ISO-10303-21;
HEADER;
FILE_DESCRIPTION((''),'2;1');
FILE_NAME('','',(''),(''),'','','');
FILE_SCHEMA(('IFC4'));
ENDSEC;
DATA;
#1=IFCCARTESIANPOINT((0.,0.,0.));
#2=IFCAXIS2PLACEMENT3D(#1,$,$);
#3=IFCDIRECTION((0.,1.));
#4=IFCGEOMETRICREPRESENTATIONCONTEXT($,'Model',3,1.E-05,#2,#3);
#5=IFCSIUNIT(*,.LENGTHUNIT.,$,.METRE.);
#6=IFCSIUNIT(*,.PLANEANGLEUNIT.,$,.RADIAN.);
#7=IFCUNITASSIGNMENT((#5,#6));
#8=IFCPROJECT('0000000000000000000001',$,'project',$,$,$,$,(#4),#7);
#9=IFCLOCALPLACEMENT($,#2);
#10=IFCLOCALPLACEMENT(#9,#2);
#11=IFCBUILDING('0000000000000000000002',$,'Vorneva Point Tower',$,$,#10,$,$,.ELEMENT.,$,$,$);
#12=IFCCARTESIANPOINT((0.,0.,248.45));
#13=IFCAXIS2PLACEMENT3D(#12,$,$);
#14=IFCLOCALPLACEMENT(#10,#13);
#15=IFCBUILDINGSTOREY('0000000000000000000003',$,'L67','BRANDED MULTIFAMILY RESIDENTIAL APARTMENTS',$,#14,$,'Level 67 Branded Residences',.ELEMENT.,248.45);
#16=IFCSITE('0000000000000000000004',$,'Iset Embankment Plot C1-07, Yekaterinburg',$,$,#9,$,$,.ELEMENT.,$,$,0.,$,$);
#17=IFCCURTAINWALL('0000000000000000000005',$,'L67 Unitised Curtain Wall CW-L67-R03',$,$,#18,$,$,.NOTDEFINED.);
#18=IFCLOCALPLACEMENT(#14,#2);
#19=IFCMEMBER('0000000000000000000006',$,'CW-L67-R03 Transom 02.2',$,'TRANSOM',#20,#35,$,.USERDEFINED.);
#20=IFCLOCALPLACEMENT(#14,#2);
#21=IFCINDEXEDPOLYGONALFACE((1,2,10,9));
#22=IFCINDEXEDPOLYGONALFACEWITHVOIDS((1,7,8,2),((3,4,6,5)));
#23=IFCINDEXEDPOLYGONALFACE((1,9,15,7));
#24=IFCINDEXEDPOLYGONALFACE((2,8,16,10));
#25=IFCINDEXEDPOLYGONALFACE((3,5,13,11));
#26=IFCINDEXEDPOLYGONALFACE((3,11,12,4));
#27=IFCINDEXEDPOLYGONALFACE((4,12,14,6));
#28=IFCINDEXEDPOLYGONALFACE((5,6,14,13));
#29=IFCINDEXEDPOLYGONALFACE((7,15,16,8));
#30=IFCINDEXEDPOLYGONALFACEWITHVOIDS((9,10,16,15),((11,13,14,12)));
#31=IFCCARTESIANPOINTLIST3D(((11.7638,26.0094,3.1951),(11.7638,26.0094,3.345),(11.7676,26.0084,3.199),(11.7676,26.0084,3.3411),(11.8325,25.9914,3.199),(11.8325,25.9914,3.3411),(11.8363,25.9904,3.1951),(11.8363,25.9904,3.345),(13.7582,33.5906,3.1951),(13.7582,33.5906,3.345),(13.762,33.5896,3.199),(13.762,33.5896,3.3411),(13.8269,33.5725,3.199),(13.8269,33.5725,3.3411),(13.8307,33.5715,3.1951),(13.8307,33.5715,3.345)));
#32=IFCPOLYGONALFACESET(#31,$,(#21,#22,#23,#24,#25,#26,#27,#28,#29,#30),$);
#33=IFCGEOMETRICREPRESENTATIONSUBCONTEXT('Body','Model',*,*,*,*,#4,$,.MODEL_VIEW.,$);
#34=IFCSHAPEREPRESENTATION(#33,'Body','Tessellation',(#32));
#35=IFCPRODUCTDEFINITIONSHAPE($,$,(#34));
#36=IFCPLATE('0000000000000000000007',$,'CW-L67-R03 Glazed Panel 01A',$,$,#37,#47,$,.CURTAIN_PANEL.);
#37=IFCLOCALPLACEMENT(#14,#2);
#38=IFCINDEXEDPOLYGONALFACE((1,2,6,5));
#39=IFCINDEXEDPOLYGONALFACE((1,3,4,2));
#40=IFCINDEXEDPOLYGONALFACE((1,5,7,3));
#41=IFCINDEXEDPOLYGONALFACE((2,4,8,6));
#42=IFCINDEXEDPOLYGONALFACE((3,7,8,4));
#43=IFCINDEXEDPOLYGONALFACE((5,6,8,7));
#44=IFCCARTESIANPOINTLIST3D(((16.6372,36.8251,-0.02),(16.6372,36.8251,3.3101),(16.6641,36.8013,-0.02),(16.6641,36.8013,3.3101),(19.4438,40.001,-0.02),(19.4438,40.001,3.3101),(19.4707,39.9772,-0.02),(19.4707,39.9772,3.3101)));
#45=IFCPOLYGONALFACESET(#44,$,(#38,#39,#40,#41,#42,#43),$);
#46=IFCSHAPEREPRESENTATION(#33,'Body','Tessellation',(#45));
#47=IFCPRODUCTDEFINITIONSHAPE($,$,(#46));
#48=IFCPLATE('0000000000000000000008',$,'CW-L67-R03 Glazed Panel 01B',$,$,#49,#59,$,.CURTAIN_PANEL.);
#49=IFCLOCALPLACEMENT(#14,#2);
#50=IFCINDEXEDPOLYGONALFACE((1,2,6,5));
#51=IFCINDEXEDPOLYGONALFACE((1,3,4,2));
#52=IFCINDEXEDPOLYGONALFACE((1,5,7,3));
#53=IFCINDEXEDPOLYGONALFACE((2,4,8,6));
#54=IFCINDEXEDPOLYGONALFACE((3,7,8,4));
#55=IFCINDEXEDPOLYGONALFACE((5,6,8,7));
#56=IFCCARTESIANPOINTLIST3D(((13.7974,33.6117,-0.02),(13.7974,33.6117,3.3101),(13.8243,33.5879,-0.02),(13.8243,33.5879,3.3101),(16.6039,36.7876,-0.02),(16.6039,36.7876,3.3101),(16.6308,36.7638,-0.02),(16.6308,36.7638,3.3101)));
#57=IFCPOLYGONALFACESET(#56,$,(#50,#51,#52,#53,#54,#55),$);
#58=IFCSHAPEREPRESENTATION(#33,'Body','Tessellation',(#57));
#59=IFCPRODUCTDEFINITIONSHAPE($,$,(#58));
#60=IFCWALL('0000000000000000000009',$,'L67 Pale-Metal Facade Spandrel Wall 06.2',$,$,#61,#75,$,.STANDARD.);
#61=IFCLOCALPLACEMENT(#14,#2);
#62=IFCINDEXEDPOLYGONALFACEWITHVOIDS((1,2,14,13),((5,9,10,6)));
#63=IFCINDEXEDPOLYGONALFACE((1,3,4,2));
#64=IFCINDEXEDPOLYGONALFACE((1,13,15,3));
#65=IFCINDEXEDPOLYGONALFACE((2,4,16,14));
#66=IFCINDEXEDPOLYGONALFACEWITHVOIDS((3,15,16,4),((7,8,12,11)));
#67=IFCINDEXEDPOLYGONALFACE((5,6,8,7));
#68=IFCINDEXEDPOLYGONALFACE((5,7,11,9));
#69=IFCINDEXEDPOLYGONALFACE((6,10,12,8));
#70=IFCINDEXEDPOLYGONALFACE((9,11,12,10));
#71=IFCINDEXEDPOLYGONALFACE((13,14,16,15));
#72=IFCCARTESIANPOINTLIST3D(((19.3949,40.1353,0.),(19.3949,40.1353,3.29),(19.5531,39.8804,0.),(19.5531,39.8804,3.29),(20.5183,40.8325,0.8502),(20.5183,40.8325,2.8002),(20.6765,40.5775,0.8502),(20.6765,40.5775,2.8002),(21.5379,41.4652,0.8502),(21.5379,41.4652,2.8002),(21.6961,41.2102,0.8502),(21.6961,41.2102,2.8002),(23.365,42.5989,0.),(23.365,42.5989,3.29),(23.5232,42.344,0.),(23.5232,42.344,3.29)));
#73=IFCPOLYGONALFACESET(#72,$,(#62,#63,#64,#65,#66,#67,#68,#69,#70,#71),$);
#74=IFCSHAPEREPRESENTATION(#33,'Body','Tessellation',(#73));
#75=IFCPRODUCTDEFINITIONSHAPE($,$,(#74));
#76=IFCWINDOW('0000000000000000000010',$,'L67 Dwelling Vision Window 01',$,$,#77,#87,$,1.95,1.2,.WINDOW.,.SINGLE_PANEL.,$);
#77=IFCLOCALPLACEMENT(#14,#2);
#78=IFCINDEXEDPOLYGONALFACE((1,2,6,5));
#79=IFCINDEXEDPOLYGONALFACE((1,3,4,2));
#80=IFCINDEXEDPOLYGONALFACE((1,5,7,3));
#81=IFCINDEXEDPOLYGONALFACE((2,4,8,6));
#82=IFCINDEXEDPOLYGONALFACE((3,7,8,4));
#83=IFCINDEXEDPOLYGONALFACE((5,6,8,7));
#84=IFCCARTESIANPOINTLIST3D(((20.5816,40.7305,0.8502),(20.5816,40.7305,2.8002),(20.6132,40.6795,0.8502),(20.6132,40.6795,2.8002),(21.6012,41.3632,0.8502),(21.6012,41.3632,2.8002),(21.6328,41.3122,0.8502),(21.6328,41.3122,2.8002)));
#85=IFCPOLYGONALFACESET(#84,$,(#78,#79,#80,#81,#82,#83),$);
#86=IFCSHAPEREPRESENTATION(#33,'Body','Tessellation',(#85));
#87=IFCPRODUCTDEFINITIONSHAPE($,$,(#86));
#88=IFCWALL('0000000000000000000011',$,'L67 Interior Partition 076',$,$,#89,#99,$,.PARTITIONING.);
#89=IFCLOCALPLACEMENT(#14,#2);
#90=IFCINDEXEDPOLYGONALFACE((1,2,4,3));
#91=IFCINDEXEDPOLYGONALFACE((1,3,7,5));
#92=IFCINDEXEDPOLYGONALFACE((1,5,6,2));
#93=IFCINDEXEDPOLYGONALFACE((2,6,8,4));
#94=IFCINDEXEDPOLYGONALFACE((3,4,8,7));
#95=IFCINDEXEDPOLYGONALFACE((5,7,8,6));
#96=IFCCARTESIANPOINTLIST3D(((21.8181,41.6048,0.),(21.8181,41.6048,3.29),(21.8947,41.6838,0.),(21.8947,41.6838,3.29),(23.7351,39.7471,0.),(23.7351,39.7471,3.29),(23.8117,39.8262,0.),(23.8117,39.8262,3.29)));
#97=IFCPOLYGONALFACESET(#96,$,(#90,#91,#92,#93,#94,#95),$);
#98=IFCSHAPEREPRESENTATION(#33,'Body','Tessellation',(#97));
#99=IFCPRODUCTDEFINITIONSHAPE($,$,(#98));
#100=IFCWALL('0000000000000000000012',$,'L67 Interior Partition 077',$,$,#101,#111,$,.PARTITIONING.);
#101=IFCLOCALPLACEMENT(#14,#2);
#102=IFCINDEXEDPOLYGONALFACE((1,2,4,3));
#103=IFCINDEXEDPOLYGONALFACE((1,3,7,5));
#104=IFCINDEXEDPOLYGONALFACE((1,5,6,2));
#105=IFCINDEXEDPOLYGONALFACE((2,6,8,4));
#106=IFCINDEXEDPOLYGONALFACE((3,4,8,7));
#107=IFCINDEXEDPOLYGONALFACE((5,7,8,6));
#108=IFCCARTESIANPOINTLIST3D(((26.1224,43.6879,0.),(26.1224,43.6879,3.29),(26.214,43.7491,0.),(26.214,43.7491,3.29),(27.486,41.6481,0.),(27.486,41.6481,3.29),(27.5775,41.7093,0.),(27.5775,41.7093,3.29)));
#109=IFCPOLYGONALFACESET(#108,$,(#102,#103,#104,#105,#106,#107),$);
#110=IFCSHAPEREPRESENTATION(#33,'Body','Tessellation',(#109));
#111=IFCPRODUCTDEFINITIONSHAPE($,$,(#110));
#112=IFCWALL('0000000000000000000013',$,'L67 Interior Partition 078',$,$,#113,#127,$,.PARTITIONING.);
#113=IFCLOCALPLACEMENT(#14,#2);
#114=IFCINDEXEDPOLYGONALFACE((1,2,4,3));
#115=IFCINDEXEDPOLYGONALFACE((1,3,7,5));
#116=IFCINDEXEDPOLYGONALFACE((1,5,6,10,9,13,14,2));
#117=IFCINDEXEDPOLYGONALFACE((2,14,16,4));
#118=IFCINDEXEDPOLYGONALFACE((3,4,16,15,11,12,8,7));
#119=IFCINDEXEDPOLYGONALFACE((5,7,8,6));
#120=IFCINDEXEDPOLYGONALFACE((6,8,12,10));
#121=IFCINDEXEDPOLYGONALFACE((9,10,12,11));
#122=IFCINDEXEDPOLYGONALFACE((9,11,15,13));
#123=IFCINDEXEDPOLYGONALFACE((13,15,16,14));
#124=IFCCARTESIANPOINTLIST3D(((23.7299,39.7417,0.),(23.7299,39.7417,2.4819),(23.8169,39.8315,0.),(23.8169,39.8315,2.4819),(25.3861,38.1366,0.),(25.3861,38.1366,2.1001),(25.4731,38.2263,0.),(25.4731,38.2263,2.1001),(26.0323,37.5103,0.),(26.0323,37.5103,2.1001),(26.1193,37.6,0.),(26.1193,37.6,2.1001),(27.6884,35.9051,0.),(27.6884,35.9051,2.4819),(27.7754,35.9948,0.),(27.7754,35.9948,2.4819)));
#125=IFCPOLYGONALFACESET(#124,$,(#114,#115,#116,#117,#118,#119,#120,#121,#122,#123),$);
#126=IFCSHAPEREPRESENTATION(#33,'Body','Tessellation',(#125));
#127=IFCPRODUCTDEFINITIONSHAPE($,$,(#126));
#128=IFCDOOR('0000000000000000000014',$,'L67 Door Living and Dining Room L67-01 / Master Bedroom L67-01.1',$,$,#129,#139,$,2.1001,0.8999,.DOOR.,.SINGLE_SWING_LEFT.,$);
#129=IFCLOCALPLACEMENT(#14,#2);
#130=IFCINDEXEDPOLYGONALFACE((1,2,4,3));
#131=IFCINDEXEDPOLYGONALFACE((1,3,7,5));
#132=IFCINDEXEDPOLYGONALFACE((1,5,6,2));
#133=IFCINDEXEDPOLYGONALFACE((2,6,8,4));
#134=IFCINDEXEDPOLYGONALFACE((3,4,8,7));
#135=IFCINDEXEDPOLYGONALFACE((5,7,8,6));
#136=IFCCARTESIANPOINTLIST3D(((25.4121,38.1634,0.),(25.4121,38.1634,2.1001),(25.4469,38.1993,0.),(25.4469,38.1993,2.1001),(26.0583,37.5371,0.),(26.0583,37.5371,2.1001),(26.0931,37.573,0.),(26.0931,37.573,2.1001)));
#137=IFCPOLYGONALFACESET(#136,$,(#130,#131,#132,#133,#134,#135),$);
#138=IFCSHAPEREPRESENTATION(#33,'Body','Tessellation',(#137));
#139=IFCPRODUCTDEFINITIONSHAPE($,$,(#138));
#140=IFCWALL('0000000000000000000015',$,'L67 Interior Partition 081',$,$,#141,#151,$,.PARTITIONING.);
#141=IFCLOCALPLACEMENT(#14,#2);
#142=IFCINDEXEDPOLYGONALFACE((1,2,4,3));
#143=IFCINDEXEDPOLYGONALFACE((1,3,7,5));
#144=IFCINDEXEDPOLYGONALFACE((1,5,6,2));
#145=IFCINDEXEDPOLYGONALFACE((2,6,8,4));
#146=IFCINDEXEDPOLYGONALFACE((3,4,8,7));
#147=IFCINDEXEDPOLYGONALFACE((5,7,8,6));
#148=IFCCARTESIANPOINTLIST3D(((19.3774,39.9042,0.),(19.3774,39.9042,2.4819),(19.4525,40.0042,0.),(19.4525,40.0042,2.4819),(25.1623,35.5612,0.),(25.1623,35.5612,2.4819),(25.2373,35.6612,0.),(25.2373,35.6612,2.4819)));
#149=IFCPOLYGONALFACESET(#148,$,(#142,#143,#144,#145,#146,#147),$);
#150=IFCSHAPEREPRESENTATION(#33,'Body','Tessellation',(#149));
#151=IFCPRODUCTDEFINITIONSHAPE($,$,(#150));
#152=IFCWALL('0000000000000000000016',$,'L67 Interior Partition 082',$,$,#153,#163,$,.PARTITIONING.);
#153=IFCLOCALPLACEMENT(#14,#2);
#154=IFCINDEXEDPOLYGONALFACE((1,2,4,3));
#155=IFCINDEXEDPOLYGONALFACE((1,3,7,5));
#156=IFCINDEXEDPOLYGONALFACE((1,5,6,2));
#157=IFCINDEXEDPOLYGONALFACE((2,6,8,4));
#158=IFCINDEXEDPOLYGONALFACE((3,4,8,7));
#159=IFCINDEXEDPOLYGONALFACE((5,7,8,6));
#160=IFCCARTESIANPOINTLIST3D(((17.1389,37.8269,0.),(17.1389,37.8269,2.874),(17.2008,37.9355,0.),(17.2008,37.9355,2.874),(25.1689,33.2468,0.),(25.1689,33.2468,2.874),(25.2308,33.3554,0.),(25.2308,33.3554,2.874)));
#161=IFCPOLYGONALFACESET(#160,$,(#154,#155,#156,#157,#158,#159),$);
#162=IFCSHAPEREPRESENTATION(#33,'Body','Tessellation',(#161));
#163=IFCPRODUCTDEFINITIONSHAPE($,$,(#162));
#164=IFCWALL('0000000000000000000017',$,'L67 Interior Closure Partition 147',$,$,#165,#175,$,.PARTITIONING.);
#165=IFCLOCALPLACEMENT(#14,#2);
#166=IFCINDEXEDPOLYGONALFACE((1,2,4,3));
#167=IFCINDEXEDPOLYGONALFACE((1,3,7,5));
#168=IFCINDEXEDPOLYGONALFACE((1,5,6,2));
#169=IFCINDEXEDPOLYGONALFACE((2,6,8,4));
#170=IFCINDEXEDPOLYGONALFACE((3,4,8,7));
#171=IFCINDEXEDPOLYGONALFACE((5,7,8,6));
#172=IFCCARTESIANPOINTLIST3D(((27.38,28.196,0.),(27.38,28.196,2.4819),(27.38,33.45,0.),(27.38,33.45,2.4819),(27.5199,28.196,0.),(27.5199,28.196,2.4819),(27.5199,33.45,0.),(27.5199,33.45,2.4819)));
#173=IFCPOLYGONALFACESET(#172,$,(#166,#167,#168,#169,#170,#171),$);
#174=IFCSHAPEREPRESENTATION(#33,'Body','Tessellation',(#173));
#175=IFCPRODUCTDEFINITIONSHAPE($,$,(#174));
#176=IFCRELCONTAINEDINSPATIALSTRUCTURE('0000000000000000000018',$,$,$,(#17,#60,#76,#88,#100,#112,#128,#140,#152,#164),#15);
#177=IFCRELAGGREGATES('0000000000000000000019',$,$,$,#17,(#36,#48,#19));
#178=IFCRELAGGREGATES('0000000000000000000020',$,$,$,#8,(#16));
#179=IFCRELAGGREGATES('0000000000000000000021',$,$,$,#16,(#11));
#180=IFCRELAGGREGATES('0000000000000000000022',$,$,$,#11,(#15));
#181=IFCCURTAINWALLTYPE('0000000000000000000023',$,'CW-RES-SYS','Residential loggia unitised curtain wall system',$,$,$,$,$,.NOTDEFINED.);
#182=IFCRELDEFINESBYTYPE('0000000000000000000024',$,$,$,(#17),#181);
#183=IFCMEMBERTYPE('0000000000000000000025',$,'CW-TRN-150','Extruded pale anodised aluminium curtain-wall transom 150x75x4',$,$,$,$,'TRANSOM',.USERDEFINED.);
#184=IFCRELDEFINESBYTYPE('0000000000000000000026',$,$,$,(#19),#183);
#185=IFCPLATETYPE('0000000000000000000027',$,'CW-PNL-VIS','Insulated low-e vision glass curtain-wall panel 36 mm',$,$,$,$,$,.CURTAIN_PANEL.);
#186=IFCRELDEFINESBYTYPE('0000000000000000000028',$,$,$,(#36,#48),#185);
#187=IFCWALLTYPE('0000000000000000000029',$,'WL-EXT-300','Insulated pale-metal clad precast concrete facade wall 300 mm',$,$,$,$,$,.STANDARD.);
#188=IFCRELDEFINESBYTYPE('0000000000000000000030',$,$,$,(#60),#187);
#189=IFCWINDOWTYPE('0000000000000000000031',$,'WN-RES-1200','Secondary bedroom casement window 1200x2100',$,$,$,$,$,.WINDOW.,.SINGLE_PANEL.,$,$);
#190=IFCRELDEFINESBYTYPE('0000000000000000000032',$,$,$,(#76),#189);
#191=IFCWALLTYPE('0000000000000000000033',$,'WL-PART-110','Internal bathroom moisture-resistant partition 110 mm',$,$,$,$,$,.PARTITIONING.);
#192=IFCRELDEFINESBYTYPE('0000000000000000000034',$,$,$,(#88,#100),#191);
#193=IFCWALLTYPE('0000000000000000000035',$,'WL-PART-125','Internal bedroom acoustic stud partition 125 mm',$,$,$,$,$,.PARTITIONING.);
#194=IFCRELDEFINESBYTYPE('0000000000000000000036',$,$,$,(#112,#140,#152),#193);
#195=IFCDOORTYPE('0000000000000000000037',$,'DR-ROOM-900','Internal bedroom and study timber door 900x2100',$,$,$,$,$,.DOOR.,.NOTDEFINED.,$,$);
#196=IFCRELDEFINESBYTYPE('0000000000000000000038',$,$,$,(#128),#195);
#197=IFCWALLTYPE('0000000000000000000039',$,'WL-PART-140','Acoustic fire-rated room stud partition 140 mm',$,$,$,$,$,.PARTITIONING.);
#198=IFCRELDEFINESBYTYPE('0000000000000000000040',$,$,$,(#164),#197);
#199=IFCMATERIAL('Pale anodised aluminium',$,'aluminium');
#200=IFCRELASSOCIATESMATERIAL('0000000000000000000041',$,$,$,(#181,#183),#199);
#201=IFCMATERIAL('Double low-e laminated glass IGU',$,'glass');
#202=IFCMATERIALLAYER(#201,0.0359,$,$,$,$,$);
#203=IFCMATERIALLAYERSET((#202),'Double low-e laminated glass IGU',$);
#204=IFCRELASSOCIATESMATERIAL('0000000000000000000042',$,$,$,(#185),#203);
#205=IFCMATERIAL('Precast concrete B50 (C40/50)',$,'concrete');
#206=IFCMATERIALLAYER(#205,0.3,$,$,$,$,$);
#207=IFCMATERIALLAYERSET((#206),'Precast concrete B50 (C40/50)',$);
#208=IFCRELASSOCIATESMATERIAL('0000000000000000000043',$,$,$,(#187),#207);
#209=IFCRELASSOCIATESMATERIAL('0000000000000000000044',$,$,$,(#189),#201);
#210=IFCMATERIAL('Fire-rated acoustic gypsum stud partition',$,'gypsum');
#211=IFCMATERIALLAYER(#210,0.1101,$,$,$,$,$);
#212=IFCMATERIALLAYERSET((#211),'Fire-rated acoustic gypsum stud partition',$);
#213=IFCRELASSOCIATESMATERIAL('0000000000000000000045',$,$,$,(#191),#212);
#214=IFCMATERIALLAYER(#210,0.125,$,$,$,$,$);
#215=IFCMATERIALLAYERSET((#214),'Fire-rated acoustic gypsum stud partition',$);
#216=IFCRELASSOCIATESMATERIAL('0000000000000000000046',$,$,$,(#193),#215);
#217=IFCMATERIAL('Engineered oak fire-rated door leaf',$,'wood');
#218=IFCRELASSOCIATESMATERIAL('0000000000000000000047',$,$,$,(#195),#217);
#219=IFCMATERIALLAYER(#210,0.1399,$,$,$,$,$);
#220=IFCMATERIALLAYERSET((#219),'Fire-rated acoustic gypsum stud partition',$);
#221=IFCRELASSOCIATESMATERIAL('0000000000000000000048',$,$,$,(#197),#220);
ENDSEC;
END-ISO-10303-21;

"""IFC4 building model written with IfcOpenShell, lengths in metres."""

from ifc_helpers import new_model, si_unit, direction, frame, frame_2d, origin, origin_2d, place, context, subcontext, project, spatial, rectangle, hollow_rectangle, extrude, material, layer, layer_set, material_profile, profile_set, type_object, element, fill, aggregate, save


model = new_model("IFC4")

# Units and contexts
model_context = context("Model", 3, precision=1e-05, world=origin(), true_north=direction((0.0, 1.0)))
body_context = subcontext(model_context, "Body", "Model", "MODEL_VIEW")
ifc_project = project(units=[si_unit("LENGTHUNIT", "METRE"), si_unit("PLANEANGLEUNIT", "RADIAN")], contexts=[model_context])

# Site, building, storey
site_placement = place(None, origin())
site = spatial("IfcSite", under=ifc_project, at=site_placement, Name="Iset Embankment Plot C1-07, Yekaterinburg", CompositionType="ELEMENT", RefElevation=0.0)
building_placement = place(site_placement, origin())
building = spatial("IfcBuilding", under=site, at=building_placement, Name="Vorneva Point Tower", CompositionType="ELEMENT")
storey_placement = place(building_placement, frame((0.0, 0.0, 248.45)))
storey = spatial("IfcBuildingStorey", under=building, at=storey_placement, Name="L67", Description="BRANDED MULTIFAMILY RESIDENTIAL APARTMENTS", LongName="Level 67 Branded Residences", CompositionType="ELEMENT", Elevation=248.45)

# Curtain wall, member, plates
ifc_material_1 = material(Name="Pale anodised aluminium", Category="aluminium")
curtain_wall_type = type_object("IfcCurtainWallType", Name="CW-RES-SYS", Description="Residential loggia unitised curtain wall system", PredefinedType="NOTDEFINED", material=ifc_material_1)
curtain_wall_placement = place(storey_placement, origin())
curtain_wall = element("IfcCurtainWall", 1, at=curtain_wall_placement, inside=storey, type_object=curtain_wall_type, Name="L67 Unitised Curtain Wall CW-L67-R03", PredefinedType="NOTDEFINED")
ifc_material_profile_1 = material_profile(ifc_material_1, hollow_rectangle(XDim=0.075, YDim=0.1499, WallThickness=0.0039, at=origin_2d()), Name="AL-TRN 150x75x4")
ifc_profile_set_1 = profile_set([ifc_material_profile_1], Name="Pale anodised aluminium")
member_type_1 = type_object("IfcMemberType", Name="CW-TRN-150", Description="Extruded pale anodised aluminium curtain-wall transom 150x75x4", ElementType="TRANSOM", PredefinedType="USERDEFINED", material=ifc_profile_set_1)
member_1_placement = place(storey_placement, frame((13.7944, 33.5811, 3.27), z_axis=(-0.254418, -0.967094, 0.0), x_axis=(0.967094, -0.254418, 0.0)))
member_1 = element("IfcMember", 2, at=member_1_placement, type_object=member_type_1, Name="CW-L67-R03 Transom 02.2", ObjectType="TRANSOM", PredefinedType="USERDEFINED", context=body_context, shape_type="SweptSolid", body=[
    extrude(hollow_rectangle(XDim=0.075, YDim=0.1499, WallThickness=0.0039, at=origin_2d()), origin(), (0.0, 0.0, 1.0), 7.8391),
])
ifc_material_2 = material(Name="Double low-e laminated glass IGU", Category="glass")
ifc_layer_1 = layer(ifc_material_2, 0.0359)
ifc_layer_set_1 = layer_set([ifc_layer_1], Name="Double low-e laminated glass IGU")
plate_type = type_object("IfcPlateType", Name="CW-PNL-VIS", Description="Insulated low-e vision glass curtain-wall panel 36 mm", PredefinedType="CURTAIN_PANEL", material=ifc_layer_set_1)
plate_1_placement = place(storey_placement, frame((18.054, 38.4011, -0.02), z_axis=(0.0, 0.0, 1.0), x_axis=(-0.662189, -0.749337, 0.0)))
plate_1 = element("IfcPlate", 3, at=plate_1_placement, type_object=plate_type, Name="CW-L67-R03 Glazed Panel 01A", PredefinedType="CURTAIN_PANEL", context=body_context, shape_type="SweptSolid", body=[
    extrude(rectangle(XDim=4.2383, YDim=0.0359, at=origin_2d()), origin(), (0.0, 0.0, 1.0), 3.3301),
])
plate_2_placement = place(storey_placement, frame((15.2141, 35.1877, -0.02), z_axis=(0.0, 0.0, 1.0), x_axis=(-0.662189, -0.749337, 0.0)))
plate_2 = element("IfcPlate", 4, at=plate_2_placement, type_object=plate_type, Name="CW-L67-R03 Glazed Panel 01B", PredefinedType="CURTAIN_PANEL", context=body_context, shape_type="SweptSolid", body=[
    extrude(rectangle(XDim=4.2383, YDim=0.0359, at=origin_2d()), origin(), (0.0, 0.0, 1.0), 3.3301),
])
aggregate(curtain_wall, [plate_1, plate_2, member_1])

# Wall, opening, window
ifc_material_3 = material(Name="Precast concrete B50 (C40/50)", Category="concrete")
ifc_layer_2 = layer(ifc_material_3, 0.3)
ifc_layer_set_2 = layer_set([ifc_layer_2], Name="Precast concrete B50 (C40/50)")
wall_type_1 = type_object("IfcWallType", Name="WL-EXT-300", Description="Insulated pale-metal clad precast concrete facade wall 300 mm", PredefinedType="STANDARD", material=ifc_layer_set_2)
wall_1_placement = place(storey_placement, frame((23.4441, 42.4714, 0.0), z_axis=(0.0, 0.0, 1.0), x_axis=(-0.849702, -0.527263, 0.0)))
wall_1 = element("IfcWall", 5, at=wall_1_placement, inside=storey, type_object=wall_type_1, Name="L67 Pale-Metal Facade Spandrel Wall 06.2", PredefinedType="STANDARD", context=body_context, shape_type="SweptSolid", body=[
    extrude(rectangle(XDim=4.6724, YDim=0.3, at=frame_2d((2.3362, 0.0))), origin(), (0.0, 0.0, 1.0), 3.29),
])
opening_1_placement = place(wall_1_placement, frame((2.1501, 0.0, 0.8501)))
opening_1 = element("IfcOpeningElement", 6, at=opening_1_placement, cuts=wall_1, PredefinedType="OPENING", context=body_context, shape_type="SweptSolid", body=[
    extrude(rectangle(XDim=1.2, YDim=1.95, at=frame_2d((0.6001, 0.9751))), frame((0.0, 0.165, 0.0), z_axis=(0.0, -1.0, 0.0), x_axis=(1.0, 0.0, 0.0)), (0.0, 0.0, 1.0), 0.3298),
])
window_type = type_object("IfcWindowType", Name="WN-RES-1200", Description="Secondary bedroom casement window 1200x2100", PartitioningType="SINGLE_PANEL", PredefinedType="WINDOW", material=ifc_material_2)
window_placement = place(opening_1_placement, origin())
window = element("IfcWindow", 7, at=window_placement, inside=storey, type_object=window_type, Name="L67 Dwelling Vision Window 01", OverallHeight=1.95, OverallWidth=1.2, PartitioningType="SINGLE_PANEL", PredefinedType="WINDOW", context=body_context, shape_type="SweptSolid", body=[
    extrude(rectangle(XDim=1.2, YDim=1.95, at=frame_2d((0.6001, 0.9751))), frame((0.0, 0.03, 0.0), z_axis=(0.0, -1.0, 0.0), x_axis=(1.0, 0.0, 0.0)), (0.0, 0.0, 1.0), 0.0601),
])
fill(opening_1, window)

# Walls
ifc_material_4 = material(Name="Fire-rated acoustic gypsum stud partition", Category="gypsum")
ifc_layer_3 = layer(ifc_material_4, 0.1101)
ifc_layer_set_3 = layer_set([ifc_layer_3], Name="Fire-rated acoustic gypsum stud partition")
wall_type_2 = type_object("IfcWallType", Name="WL-PART-110", Description="Internal bathroom moisture-resistant partition 110 mm", PredefinedType="PARTITIONING", material=ifc_layer_set_3)
wall_2_placement = place(storey_placement, frame((23.7734, 39.7866, 0.0), z_axis=(0.0, 0.0, 1.0), x_axis=(-0.718132, 0.695907, 0.0)))
element("IfcWall", 8, at=wall_2_placement, inside=storey, type_object=wall_type_2, Name="L67 Interior Partition 076", PredefinedType="PARTITIONING", context=body_context, shape_type="SweptSolid", body=[
    extrude(rectangle(XDim=2.6694, YDim=0.1101, at=frame_2d((1.3347, 0.0))), origin(), (0.0, 0.0, 1.0), 3.29),
])
wall_3_placement = place(storey_placement, frame((26.1682, 43.7185, 0.0), z_axis=(0.0, 0.0, 1.0), x_axis=(0.555733, -0.831361, 0.0)))
element("IfcWall", 9, at=wall_3_placement, inside=storey, type_object=wall_type_2, Name="L67 Interior Partition 077", PredefinedType="PARTITIONING", context=body_context, shape_type="SweptSolid", body=[
    extrude(rectangle(XDim=2.4536, YDim=0.1101, at=frame_2d((1.2268, 0.0))), origin(), (0.0, 0.0, 1.0), 3.29),
])

# Wall, opening, door
ifc_layer_4 = layer(ifc_material_4, 0.125)
ifc_layer_set_4 = layer_set([ifc_layer_4], Name="Fire-rated acoustic gypsum stud partition")
wall_type_3 = type_object("IfcWallType", Name="WL-PART-125", Description="Internal bedroom acoustic stud partition 125 mm", PredefinedType="PARTITIONING", material=ifc_layer_set_4)
wall_4_placement = place(storey_placement, frame((23.7734, 39.7866, 0.0), z_axis=(0.0, 0.0, 1.0), x_axis=(0.71807, -0.695971, 0.0)))
wall_4 = element("IfcWall", 10, at=wall_4_placement, inside=storey, type_object=wall_type_3, Name="L67 Interior Partition 078", PredefinedType="PARTITIONING", context=body_context, shape_type="SweptSolid", body=[
    extrude(rectangle(XDim=5.5127, YDim=0.125, at=frame_2d((2.7563, 0.0))), origin(), (0.0, 0.0, 1.0), 2.4819),
])
opening_2_placement = place(wall_4_placement, frame((2.3064, 0.0, 0.0)))
opening_2 = element("IfcOpeningElement", 11, at=opening_2_placement, cuts=wall_4, PredefinedType="OPENING", context=body_context, shape_type="SweptSolid", body=[
    extrude(rectangle(XDim=0.8999, YDim=2.1001, at=frame_2d((0.45, 1.05))), frame((0.0, 0.0774, 0.0), z_axis=(0.0, -1.0, 0.0), x_axis=(1.0, 0.0, 0.0)), (0.0, 0.0, 1.0), 0.1548),
])
ifc_material_5 = material(Name="Engineered oak fire-rated door leaf", Category="wood")
door_type_1 = type_object("IfcDoorType", Name="DR-ROOM-900", Description="Internal bedroom and study timber door 900x2100", OperationType="NOTDEFINED", PredefinedType="DOOR", material=ifc_material_5)
door_1_placement = place(opening_2_placement, origin())
door_1 = element("IfcDoor", 12, at=door_1_placement, inside=storey, type_object=door_type_1, Name="L67 Door Living and Dining Room L67-01 / Master Bedroom L67-01.1", OperationType="SINGLE_SWING_LEFT", OverallHeight=2.1001, OverallWidth=0.8999, PredefinedType="DOOR", context=body_context, shape_type="SweptSolid", body=[
    extrude(rectangle(XDim=0.8999, YDim=2.1001, at=frame_2d((0.45, 1.05))), frame((0.0, 0.0249, 0.0), z_axis=(0.0, -1.0, 0.0), x_axis=(1.0, 0.0, 0.0)), (0.0, 0.0, 1.0), 0.05),
])
fill(opening_2, door_1)

# Walls
wall_5_placement = place(storey_placement, frame((19.415, 39.9541, 0.0), z_axis=(0.0, 0.0, 1.0), x_axis=(0.799712, -0.600383, 0.0)))
element("IfcWall", 13, at=wall_5_placement, inside=storey, type_object=wall_type_3, Name="L67 Interior Partition 081", PredefinedType="PARTITIONING", context=body_context, shape_type="SweptSolid", body=[
    extrude(rectangle(XDim=7.2336, YDim=0.125, at=frame_2d((3.6167, 0.0))), origin(), (0.0, 0.0, 1.0), 2.4819),
])
wall_6_placement = place(storey_placement, frame((17.1699, 37.8811, 0.0), z_axis=(0.0, 0.0, 1.0), x_axis=(0.868639, -0.495445, 0.0)))
element("IfcWall", 14, at=wall_6_placement, inside=storey, type_object=wall_type_3, Name="L67 Interior Partition 082", PredefinedType="PARTITIONING", context=body_context, shape_type="SweptSolid", body=[
    extrude(rectangle(XDim=9.2444, YDim=0.125, at=frame_2d((4.6221, 0.0))), origin(), (0.0, 0.0, 1.0), 2.874),
])
ifc_layer_5 = layer(ifc_material_4, 0.1399)
ifc_layer_set_5 = layer_set([ifc_layer_5], Name="Fire-rated acoustic gypsum stud partition")
wall_type_4 = type_object("IfcWallType", Name="WL-PART-140", Description="Acoustic fire-rated room stud partition 140 mm", PredefinedType="PARTITIONING", material=ifc_layer_set_5)
wall_7_placement = place(storey_placement, frame((27.45, 33.45, 0.0), z_axis=(0.0, 0.0, 1.0), x_axis=(0.0, -1.0, 0.0)))
element("IfcWall", 15, at=wall_7_placement, inside=storey, type_object=wall_type_4, Name="L67 Interior Closure Partition 147", PredefinedType="PARTITIONING", context=body_context, shape_type="SweptSolid", body=[
    extrude(rectangle(XDim=5.2539, YDim=0.1399, at=frame_2d((2.627, 0.0))), origin(), (0.0, 0.0, 1.0), 2.4819),
])

save(model, "model.ifc")
